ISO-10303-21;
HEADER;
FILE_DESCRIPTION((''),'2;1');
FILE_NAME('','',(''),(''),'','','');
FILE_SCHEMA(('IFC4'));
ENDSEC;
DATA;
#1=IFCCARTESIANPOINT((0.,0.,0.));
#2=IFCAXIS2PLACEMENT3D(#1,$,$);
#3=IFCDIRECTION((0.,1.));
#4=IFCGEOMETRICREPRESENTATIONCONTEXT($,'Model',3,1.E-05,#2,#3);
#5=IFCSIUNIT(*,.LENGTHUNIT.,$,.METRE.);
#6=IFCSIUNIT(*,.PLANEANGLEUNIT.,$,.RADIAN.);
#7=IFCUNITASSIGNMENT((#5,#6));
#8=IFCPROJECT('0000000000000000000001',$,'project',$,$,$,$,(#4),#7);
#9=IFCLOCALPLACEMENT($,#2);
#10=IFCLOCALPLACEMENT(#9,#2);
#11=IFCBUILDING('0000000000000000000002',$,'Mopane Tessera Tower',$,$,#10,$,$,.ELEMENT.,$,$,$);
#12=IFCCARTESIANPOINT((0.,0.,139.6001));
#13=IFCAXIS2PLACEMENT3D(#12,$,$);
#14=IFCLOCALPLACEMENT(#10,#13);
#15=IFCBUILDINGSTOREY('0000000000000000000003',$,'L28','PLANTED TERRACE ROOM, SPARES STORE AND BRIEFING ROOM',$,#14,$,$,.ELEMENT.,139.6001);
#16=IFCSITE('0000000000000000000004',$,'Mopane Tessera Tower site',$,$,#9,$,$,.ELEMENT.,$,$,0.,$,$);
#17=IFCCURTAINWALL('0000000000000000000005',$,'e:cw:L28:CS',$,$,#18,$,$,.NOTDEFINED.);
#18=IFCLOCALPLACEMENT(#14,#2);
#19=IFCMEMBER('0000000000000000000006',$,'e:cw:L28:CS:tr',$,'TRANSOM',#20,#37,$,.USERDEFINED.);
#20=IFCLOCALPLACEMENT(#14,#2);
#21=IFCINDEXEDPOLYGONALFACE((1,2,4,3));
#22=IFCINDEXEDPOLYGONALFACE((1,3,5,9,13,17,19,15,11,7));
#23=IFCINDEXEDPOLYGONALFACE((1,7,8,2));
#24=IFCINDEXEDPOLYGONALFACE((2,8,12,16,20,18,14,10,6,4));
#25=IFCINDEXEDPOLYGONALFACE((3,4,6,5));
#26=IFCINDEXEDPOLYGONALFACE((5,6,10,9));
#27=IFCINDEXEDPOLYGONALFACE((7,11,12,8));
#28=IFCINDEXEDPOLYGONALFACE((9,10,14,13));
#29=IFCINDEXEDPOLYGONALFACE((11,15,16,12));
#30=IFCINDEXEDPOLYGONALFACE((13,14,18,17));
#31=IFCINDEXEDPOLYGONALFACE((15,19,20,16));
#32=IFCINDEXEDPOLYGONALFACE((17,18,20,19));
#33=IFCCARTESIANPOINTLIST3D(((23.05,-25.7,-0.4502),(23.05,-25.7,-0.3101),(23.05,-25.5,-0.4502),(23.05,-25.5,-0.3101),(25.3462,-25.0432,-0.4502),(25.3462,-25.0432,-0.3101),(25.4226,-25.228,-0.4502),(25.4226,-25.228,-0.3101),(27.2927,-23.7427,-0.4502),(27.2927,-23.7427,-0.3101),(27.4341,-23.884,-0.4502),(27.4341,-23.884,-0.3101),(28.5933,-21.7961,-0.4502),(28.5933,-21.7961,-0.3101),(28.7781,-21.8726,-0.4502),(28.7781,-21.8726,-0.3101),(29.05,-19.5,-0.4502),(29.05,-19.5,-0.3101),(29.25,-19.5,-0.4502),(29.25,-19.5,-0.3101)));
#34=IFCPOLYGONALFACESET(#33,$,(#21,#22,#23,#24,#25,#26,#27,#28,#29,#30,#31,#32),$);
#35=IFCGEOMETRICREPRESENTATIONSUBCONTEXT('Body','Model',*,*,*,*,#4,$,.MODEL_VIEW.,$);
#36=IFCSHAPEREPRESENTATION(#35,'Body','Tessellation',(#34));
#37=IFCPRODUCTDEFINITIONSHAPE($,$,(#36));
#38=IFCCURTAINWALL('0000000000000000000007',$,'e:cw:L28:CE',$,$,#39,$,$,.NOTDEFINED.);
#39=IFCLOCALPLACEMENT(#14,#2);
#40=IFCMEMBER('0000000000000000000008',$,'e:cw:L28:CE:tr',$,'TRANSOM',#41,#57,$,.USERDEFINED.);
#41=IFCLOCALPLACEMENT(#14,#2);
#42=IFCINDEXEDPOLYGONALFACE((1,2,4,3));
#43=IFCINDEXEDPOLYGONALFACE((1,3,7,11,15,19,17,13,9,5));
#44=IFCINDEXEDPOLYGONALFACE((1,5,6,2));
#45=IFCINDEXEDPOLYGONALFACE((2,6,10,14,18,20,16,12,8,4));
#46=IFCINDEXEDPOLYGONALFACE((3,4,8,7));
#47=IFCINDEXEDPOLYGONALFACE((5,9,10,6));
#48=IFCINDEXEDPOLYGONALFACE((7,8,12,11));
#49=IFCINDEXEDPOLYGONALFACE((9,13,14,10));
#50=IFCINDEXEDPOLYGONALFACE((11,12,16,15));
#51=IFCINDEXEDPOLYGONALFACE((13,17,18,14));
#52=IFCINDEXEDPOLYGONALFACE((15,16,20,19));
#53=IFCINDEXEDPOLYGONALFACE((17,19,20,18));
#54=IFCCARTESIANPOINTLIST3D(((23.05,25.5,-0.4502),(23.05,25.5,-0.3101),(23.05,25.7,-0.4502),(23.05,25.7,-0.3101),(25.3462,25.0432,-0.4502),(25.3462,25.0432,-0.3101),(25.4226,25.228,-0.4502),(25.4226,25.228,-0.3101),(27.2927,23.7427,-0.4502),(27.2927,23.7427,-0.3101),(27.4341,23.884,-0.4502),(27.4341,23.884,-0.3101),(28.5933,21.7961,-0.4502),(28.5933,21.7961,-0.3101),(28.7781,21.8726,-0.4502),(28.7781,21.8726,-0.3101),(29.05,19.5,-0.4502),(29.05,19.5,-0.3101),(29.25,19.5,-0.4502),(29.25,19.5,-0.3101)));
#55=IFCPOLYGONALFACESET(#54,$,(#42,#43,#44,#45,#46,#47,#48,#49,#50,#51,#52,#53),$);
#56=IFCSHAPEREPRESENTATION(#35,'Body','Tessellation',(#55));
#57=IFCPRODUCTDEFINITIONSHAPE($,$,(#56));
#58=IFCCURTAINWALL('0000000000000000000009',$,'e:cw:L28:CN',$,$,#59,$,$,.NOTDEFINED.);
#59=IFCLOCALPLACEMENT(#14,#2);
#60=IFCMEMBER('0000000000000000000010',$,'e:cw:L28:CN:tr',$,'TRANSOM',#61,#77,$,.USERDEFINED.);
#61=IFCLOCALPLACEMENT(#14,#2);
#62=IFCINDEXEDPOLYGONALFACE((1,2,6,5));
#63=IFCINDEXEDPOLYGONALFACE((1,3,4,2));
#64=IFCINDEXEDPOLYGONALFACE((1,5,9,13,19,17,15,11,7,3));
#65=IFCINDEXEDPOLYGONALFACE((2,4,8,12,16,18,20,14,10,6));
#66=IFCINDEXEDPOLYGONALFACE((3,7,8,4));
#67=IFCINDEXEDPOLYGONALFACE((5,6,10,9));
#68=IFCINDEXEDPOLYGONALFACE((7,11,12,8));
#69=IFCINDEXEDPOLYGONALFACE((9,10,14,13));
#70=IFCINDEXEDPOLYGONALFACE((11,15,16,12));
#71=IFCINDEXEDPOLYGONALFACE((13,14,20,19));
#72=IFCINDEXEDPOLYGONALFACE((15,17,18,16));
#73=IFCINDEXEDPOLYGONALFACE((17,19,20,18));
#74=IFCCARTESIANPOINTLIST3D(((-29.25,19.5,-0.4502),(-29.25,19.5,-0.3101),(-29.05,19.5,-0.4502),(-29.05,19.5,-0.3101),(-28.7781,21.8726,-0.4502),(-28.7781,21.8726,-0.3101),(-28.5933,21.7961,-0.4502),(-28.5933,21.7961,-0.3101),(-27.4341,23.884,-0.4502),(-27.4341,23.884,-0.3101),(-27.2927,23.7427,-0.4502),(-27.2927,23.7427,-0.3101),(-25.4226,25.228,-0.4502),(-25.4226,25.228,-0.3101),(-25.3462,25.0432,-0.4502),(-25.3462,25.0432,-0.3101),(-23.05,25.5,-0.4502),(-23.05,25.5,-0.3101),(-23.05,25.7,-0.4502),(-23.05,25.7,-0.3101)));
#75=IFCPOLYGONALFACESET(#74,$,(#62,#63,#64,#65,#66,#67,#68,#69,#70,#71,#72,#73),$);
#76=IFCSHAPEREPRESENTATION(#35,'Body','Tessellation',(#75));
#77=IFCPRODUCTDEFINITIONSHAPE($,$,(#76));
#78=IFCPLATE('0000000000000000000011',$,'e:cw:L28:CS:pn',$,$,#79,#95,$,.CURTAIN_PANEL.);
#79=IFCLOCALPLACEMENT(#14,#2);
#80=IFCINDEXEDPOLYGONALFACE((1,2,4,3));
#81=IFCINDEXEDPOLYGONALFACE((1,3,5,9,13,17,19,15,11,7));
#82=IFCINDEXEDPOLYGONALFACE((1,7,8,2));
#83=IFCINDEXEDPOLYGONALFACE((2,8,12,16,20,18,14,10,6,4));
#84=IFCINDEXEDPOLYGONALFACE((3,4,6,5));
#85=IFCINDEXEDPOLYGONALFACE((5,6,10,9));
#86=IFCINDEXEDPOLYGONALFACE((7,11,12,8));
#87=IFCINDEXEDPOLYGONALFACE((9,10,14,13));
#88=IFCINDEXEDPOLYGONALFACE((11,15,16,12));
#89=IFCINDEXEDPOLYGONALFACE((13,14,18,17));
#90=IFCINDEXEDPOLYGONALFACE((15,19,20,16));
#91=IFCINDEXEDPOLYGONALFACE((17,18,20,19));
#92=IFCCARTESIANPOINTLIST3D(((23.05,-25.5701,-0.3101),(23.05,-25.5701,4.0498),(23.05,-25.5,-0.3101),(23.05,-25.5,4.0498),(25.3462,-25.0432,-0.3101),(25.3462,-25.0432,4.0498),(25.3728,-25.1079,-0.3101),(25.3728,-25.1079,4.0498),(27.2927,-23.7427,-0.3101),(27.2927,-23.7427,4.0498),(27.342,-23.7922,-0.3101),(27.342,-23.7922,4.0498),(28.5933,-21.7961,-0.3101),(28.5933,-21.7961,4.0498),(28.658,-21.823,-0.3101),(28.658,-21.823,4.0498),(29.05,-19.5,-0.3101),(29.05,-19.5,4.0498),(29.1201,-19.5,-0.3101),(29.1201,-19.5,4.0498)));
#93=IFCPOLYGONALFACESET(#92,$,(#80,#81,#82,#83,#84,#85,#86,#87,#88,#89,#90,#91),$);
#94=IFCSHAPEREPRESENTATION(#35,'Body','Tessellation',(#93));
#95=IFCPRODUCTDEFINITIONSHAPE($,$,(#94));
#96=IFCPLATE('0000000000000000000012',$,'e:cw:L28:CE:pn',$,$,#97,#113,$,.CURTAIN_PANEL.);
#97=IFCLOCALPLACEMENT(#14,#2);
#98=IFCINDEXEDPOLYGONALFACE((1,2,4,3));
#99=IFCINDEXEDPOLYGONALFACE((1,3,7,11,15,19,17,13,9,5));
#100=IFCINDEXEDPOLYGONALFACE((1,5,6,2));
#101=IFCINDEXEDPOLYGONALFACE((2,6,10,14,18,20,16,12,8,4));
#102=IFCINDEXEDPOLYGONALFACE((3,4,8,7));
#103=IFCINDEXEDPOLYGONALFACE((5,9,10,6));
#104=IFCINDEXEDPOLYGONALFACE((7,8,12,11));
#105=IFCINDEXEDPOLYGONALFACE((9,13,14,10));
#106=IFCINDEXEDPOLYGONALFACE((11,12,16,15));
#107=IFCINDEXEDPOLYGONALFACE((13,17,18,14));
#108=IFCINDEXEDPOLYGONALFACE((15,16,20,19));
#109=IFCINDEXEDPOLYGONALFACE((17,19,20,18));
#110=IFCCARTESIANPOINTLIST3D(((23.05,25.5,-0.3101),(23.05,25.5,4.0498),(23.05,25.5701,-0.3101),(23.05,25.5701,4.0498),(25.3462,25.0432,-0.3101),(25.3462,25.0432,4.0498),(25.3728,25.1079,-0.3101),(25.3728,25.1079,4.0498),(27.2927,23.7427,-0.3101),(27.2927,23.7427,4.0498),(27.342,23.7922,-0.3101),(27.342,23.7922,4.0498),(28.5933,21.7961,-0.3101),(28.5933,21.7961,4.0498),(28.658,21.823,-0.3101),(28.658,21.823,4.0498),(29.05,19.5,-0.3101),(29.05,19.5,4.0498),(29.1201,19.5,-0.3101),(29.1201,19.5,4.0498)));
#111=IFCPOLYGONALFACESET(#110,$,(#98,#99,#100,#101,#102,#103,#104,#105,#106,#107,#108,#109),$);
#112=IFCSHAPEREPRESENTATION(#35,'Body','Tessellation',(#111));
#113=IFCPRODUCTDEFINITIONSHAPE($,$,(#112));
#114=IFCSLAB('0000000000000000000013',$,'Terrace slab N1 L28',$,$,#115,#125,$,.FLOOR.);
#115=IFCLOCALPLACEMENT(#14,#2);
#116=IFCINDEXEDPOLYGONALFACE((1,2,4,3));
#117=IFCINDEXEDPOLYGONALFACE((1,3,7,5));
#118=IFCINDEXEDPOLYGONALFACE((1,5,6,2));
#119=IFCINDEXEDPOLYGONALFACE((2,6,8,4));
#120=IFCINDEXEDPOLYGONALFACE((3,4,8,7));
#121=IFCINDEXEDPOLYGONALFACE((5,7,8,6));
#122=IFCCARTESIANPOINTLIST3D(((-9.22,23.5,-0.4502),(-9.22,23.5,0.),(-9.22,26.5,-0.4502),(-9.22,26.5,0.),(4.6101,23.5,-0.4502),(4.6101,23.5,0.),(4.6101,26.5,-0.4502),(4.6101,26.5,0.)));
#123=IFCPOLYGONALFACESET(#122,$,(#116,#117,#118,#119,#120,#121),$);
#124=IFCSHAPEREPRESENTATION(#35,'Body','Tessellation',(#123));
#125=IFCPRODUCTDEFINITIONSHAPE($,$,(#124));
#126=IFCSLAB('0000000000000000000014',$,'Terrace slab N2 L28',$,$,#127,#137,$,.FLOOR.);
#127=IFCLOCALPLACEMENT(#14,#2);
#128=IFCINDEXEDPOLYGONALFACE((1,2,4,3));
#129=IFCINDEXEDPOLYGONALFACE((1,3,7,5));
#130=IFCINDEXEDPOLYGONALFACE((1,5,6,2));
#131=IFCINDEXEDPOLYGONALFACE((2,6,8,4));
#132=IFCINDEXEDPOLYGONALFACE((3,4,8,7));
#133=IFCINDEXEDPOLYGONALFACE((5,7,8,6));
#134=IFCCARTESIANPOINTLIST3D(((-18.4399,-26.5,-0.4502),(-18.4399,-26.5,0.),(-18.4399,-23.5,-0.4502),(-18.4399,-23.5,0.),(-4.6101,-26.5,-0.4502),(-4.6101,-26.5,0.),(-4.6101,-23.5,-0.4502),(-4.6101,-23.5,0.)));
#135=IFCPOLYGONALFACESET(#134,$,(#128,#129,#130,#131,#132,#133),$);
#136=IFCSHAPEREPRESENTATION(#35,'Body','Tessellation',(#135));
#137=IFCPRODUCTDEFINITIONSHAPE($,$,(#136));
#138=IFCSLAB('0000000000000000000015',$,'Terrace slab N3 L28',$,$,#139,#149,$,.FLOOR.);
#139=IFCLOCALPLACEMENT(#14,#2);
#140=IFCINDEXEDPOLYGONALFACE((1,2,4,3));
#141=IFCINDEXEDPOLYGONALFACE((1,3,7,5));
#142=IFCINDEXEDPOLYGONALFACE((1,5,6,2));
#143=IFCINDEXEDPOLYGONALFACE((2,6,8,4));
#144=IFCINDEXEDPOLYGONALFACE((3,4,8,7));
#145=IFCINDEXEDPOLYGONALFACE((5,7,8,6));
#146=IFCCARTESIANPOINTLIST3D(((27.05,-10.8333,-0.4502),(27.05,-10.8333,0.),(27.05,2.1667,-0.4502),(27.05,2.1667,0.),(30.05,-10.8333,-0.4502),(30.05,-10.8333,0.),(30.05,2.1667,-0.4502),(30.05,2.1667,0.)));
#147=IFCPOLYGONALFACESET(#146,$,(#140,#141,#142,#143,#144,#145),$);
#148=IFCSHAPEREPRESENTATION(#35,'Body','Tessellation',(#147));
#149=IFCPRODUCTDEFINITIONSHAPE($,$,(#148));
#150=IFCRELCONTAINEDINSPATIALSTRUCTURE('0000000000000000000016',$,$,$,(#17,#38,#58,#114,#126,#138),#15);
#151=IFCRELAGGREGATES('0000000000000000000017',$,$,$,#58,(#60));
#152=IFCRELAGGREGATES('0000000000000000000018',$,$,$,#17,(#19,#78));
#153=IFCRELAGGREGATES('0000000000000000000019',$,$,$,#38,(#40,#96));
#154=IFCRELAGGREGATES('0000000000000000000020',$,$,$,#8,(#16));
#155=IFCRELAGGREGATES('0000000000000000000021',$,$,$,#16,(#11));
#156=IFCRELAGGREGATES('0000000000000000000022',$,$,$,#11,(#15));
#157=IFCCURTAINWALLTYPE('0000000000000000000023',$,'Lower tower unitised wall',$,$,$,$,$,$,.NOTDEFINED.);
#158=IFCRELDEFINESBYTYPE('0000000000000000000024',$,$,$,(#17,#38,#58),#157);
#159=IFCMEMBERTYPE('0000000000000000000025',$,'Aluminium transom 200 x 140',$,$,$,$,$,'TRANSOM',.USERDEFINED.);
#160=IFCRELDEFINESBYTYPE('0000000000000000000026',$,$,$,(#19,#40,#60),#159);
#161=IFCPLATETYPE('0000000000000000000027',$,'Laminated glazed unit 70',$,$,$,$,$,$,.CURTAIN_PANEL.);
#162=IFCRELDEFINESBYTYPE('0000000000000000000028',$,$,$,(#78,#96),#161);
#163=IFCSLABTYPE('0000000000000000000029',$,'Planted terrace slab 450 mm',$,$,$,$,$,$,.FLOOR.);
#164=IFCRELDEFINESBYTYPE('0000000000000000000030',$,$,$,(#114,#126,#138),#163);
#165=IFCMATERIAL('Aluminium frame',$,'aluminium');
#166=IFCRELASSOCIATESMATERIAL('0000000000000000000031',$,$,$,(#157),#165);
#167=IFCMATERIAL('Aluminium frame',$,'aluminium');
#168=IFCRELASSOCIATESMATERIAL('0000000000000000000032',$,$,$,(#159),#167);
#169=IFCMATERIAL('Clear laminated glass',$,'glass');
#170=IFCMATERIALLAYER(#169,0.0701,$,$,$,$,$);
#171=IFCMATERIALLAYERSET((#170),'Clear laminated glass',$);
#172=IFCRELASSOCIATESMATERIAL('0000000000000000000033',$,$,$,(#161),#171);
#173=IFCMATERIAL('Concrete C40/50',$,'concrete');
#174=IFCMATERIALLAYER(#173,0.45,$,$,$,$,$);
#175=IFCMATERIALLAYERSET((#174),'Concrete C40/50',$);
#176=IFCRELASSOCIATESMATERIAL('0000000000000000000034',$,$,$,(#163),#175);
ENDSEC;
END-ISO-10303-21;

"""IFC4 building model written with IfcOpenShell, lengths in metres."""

from ifc_helpers import new_model, si_unit, direction, frame, origin, origin_2d, place, context, subcontext, project, spatial, polyline, rectangle, outline, extrude, material, layer, layer_set, material_profile, profile_set, type_object, element, aggregate, save


model = new_model("IFC4")

# Units and contexts
model_context = context("Model", 3, precision=1e-05, world=origin(), true_north=direction((0.0, 1.0)))
body_context = subcontext(model_context, "Body", "Model", "MODEL_VIEW")
ifc_project = project(units=[si_unit("LENGTHUNIT", "METRE"), si_unit("PLANEANGLEUNIT", "RADIAN")], contexts=[model_context])

# Site, building, storey
site_placement = place(None, origin())
site = spatial("IfcSite", under=ifc_project, at=site_placement, Name="Mopane Tessera Tower site", CompositionType="ELEMENT", RefElevation=0.0)
building_placement = place(site_placement, origin())
building = spatial("IfcBuilding", under=site, at=building_placement, Name="Mopane Tessera Tower", CompositionType="ELEMENT")
storey_placement = place(building_placement, frame((0.0, 0.0, 139.6001)))
storey = spatial("IfcBuildingStorey", under=building, at=storey_placement, Name="L28", Description="PLANTED TERRACE ROOM, SPARES STORE AND BRIEFING ROOM", CompositionType="ELEMENT", Elevation=139.6001)

# Curtain walls, members
ifc_material_1 = material(Name="Aluminium frame", Category="aluminium")
curtain_wall_type = type_object("IfcCurtainWallType", Name="Lower tower unitised wall", PredefinedType="NOTDEFINED", material=ifc_material_1)
curtain_wall_1_placement = place(storey_placement, origin())
curtain_wall_1 = element("IfcCurtainWall", 1, at=curtain_wall_1_placement, inside=storey, type_object=curtain_wall_type, Name="e:cw:L28:CS", PredefinedType="NOTDEFINED")
ifc_material_2 = material(Name="Aluminium frame", Category="aluminium")
ifc_material_profile = material_profile(ifc_material_2, rectangle(XDim=0.2, YDim=0.1399, at=origin_2d()))
ifc_profile_set = profile_set([ifc_material_profile], Name="Aluminium frame")
member_type = type_object("IfcMemberType", Name="Aluminium transom 200 x 140", ElementType="TRANSOM", PredefinedType="USERDEFINED", material=ifc_profile_set)
member_1_placement = place(storey_placement, frame((0.0, 0.0, -0.4502)))
member_1 = element("IfcMember", 2, at=member_1_placement, type_object=member_type, Name="e:cw:L28:CS:tr", ObjectType="TRANSOM", PredefinedType="USERDEFINED", context=body_context, shape_type="SweptSolid", body=[
    extrude(outline(polyline([(23.05, -25.5), (25.3462, -25.0432), (27.2927, -23.7427), (28.5933, -21.7961), (29.05, -19.5), (29.25, -19.5), (28.7781, -21.8726), (27.4341, -23.884), (25.4226, -25.228), (23.05, -25.7), (23.05, -25.5)])), origin(), (0.0, 0.0, 1.0), 0.1401),
])
curtain_wall_2_placement = place(storey_placement, origin())
curtain_wall_2 = element("IfcCurtainWall", 3, at=curtain_wall_2_placement, inside=storey, type_object=curtain_wall_type, Name="e:cw:L28:CE", PredefinedType="NOTDEFINED")
member_2_placement = place(storey_placement, frame((0.0, 0.0, -0.4502)))
member_2 = element("IfcMember", 4, at=member_2_placement, type_object=member_type, Name="e:cw:L28:CE:tr", ObjectType="TRANSOM", PredefinedType="USERDEFINED", context=body_context, shape_type="SweptSolid", body=[
    extrude(outline(polyline([(29.05, 19.5), (28.5933, 21.7961), (27.2927, 23.7427), (25.3462, 25.0432), (23.05, 25.5), (23.05, 25.7), (25.4226, 25.228), (27.4341, 23.884), (28.7781, 21.8726), (29.25, 19.5), (29.05, 19.5)])), origin(), (0.0, 0.0, 1.0), 0.1401),
])
curtain_wall_3_placement = place(storey_placement, origin())
curtain_wall_3 = element("IfcCurtainWall", 5, at=curtain_wall_3_placement, inside=storey, type_object=curtain_wall_type, Name="e:cw:L28:CN", PredefinedType="NOTDEFINED")
member_3_placement = place(storey_placement, frame((0.0, 0.0, -0.4502)))
member_3 = element("IfcMember", 6, at=member_3_placement, type_object=member_type, Name="e:cw:L28:CN:tr", ObjectType="TRANSOM", PredefinedType="USERDEFINED", context=body_context, shape_type="SweptSolid", body=[
    extrude(outline(polyline([(-23.05, 25.5), (-25.3462, 25.0432), (-27.2927, 23.7427), (-28.5933, 21.7961), (-29.05, 19.5), (-29.25, 19.5), (-28.7781, 21.8726), (-27.4341, 23.884), (-25.4226, 25.228), (-23.05, 25.7), (-23.05, 25.5)])), origin(), (0.0, 0.0, 1.0), 0.1401),
])
aggregate(curtain_wall_3, [member_3])

# Plates
ifc_material_3 = material(Name="Clear laminated glass", Category="glass")
ifc_layer_1 = layer(ifc_material_3, 0.0701)
ifc_layer_set_1 = layer_set([ifc_layer_1], Name="Clear laminated glass")
plate_type = type_object("IfcPlateType", Name="Laminated glazed unit 70", PredefinedType="CURTAIN_PANEL", material=ifc_layer_set_1)
plate_1_placement = place(storey_placement, frame((0.0, 0.0, -0.3101)))
plate_1 = element("IfcPlate", 7, at=plate_1_placement, type_object=plate_type, Name="e:cw:L28:CS:pn", PredefinedType="CURTAIN_PANEL", context=body_context, shape_type="SweptSolid", body=[
    extrude(outline(polyline([(23.05, -25.5), (25.3462, -25.0432), (27.2927, -23.7427), (28.5933, -21.7961), (29.05, -19.5), (29.1201, -19.5), (28.658, -21.823), (27.342, -23.7922), (25.3728, -25.1079), (23.05, -25.5701), (23.05, -25.5)])), origin(), (0.0, 0.0, 1.0), 4.3599),
])
aggregate(curtain_wall_1, [member_1, plate_1])
plate_2_placement = place(storey_placement, frame((0.0, 0.0, -0.3101)))
plate_2 = element("IfcPlate", 8, at=plate_2_placement, type_object=plate_type, Name="e:cw:L28:CE:pn", PredefinedType="CURTAIN_PANEL", context=body_context, shape_type="SweptSolid", body=[
    extrude(outline(polyline([(29.05, 19.5), (28.5933, 21.7961), (27.2927, 23.7427), (25.3462, 25.0432), (23.05, 25.5), (23.05, 25.5701), (25.3728, 25.1079), (27.342, 23.7922), (28.658, 21.823), (29.1201, 19.5), (29.05, 19.5)])), origin(), (0.0, 0.0, 1.0), 4.3599),
])
aggregate(curtain_wall_2, [member_2, plate_2])

# Slabs
ifc_material_4 = material(Name="Concrete C40/50", Category="concrete")
ifc_layer_2 = layer(ifc_material_4, 0.45)
ifc_layer_set_2 = layer_set([ifc_layer_2], Name="Concrete C40/50")
slab_type_1 = type_object("IfcSlabType", Name="Planted terrace slab 450 mm", PredefinedType="FLOOR", material=ifc_layer_set_2)
slab_1_placement = place(storey_placement, frame((0.0, 0.0, -0.4502)))
element("IfcSlab", 9, at=slab_1_placement, inside=storey, type_object=slab_type_1, Name="Terrace slab N1 L28", PredefinedType="FLOOR", context=body_context, shape_type="SweptSolid", body=[
    extrude(outline(polyline([(-9.22, 26.5), (-9.22, 23.5), (4.6101, 23.5), (4.6101, 26.5), (-9.22, 26.5)])), origin(), (0.0, 0.0, 1.0), 0.4502),
])
slab_2_placement = place(storey_placement, frame((0.0, 0.0, -0.4502)))
element("IfcSlab", 10, at=slab_2_placement, inside=storey, type_object=slab_type_1, Name="Terrace slab N2 L28", PredefinedType="FLOOR", context=body_context, shape_type="SweptSolid", body=[
    extrude(outline(polyline([(-4.6101, -26.5), (-4.6101, -23.5), (-18.4399, -23.5), (-18.4399, -26.5), (-4.6101, -26.5)])), origin(), (0.0, 0.0, 1.0), 0.4502),
])
slab_3_placement = place(storey_placement, frame((0.0, 0.0, -0.4502)))
element("IfcSlab", 11, at=slab_3_placement, inside=storey, type_object=slab_type_1, Name="Terrace slab N3 L28", PredefinedType="FLOOR", context=body_context, shape_type="SweptSolid", body=[
    extrude(outline(polyline([(30.05, 2.1667), (27.05, 2.1667), (27.05, -10.8333), (30.05, -10.8333), (30.05, 2.1667)])), origin(), (0.0, 0.0, 1.0), 0.4502),
])

save(model, "model.ifc")
